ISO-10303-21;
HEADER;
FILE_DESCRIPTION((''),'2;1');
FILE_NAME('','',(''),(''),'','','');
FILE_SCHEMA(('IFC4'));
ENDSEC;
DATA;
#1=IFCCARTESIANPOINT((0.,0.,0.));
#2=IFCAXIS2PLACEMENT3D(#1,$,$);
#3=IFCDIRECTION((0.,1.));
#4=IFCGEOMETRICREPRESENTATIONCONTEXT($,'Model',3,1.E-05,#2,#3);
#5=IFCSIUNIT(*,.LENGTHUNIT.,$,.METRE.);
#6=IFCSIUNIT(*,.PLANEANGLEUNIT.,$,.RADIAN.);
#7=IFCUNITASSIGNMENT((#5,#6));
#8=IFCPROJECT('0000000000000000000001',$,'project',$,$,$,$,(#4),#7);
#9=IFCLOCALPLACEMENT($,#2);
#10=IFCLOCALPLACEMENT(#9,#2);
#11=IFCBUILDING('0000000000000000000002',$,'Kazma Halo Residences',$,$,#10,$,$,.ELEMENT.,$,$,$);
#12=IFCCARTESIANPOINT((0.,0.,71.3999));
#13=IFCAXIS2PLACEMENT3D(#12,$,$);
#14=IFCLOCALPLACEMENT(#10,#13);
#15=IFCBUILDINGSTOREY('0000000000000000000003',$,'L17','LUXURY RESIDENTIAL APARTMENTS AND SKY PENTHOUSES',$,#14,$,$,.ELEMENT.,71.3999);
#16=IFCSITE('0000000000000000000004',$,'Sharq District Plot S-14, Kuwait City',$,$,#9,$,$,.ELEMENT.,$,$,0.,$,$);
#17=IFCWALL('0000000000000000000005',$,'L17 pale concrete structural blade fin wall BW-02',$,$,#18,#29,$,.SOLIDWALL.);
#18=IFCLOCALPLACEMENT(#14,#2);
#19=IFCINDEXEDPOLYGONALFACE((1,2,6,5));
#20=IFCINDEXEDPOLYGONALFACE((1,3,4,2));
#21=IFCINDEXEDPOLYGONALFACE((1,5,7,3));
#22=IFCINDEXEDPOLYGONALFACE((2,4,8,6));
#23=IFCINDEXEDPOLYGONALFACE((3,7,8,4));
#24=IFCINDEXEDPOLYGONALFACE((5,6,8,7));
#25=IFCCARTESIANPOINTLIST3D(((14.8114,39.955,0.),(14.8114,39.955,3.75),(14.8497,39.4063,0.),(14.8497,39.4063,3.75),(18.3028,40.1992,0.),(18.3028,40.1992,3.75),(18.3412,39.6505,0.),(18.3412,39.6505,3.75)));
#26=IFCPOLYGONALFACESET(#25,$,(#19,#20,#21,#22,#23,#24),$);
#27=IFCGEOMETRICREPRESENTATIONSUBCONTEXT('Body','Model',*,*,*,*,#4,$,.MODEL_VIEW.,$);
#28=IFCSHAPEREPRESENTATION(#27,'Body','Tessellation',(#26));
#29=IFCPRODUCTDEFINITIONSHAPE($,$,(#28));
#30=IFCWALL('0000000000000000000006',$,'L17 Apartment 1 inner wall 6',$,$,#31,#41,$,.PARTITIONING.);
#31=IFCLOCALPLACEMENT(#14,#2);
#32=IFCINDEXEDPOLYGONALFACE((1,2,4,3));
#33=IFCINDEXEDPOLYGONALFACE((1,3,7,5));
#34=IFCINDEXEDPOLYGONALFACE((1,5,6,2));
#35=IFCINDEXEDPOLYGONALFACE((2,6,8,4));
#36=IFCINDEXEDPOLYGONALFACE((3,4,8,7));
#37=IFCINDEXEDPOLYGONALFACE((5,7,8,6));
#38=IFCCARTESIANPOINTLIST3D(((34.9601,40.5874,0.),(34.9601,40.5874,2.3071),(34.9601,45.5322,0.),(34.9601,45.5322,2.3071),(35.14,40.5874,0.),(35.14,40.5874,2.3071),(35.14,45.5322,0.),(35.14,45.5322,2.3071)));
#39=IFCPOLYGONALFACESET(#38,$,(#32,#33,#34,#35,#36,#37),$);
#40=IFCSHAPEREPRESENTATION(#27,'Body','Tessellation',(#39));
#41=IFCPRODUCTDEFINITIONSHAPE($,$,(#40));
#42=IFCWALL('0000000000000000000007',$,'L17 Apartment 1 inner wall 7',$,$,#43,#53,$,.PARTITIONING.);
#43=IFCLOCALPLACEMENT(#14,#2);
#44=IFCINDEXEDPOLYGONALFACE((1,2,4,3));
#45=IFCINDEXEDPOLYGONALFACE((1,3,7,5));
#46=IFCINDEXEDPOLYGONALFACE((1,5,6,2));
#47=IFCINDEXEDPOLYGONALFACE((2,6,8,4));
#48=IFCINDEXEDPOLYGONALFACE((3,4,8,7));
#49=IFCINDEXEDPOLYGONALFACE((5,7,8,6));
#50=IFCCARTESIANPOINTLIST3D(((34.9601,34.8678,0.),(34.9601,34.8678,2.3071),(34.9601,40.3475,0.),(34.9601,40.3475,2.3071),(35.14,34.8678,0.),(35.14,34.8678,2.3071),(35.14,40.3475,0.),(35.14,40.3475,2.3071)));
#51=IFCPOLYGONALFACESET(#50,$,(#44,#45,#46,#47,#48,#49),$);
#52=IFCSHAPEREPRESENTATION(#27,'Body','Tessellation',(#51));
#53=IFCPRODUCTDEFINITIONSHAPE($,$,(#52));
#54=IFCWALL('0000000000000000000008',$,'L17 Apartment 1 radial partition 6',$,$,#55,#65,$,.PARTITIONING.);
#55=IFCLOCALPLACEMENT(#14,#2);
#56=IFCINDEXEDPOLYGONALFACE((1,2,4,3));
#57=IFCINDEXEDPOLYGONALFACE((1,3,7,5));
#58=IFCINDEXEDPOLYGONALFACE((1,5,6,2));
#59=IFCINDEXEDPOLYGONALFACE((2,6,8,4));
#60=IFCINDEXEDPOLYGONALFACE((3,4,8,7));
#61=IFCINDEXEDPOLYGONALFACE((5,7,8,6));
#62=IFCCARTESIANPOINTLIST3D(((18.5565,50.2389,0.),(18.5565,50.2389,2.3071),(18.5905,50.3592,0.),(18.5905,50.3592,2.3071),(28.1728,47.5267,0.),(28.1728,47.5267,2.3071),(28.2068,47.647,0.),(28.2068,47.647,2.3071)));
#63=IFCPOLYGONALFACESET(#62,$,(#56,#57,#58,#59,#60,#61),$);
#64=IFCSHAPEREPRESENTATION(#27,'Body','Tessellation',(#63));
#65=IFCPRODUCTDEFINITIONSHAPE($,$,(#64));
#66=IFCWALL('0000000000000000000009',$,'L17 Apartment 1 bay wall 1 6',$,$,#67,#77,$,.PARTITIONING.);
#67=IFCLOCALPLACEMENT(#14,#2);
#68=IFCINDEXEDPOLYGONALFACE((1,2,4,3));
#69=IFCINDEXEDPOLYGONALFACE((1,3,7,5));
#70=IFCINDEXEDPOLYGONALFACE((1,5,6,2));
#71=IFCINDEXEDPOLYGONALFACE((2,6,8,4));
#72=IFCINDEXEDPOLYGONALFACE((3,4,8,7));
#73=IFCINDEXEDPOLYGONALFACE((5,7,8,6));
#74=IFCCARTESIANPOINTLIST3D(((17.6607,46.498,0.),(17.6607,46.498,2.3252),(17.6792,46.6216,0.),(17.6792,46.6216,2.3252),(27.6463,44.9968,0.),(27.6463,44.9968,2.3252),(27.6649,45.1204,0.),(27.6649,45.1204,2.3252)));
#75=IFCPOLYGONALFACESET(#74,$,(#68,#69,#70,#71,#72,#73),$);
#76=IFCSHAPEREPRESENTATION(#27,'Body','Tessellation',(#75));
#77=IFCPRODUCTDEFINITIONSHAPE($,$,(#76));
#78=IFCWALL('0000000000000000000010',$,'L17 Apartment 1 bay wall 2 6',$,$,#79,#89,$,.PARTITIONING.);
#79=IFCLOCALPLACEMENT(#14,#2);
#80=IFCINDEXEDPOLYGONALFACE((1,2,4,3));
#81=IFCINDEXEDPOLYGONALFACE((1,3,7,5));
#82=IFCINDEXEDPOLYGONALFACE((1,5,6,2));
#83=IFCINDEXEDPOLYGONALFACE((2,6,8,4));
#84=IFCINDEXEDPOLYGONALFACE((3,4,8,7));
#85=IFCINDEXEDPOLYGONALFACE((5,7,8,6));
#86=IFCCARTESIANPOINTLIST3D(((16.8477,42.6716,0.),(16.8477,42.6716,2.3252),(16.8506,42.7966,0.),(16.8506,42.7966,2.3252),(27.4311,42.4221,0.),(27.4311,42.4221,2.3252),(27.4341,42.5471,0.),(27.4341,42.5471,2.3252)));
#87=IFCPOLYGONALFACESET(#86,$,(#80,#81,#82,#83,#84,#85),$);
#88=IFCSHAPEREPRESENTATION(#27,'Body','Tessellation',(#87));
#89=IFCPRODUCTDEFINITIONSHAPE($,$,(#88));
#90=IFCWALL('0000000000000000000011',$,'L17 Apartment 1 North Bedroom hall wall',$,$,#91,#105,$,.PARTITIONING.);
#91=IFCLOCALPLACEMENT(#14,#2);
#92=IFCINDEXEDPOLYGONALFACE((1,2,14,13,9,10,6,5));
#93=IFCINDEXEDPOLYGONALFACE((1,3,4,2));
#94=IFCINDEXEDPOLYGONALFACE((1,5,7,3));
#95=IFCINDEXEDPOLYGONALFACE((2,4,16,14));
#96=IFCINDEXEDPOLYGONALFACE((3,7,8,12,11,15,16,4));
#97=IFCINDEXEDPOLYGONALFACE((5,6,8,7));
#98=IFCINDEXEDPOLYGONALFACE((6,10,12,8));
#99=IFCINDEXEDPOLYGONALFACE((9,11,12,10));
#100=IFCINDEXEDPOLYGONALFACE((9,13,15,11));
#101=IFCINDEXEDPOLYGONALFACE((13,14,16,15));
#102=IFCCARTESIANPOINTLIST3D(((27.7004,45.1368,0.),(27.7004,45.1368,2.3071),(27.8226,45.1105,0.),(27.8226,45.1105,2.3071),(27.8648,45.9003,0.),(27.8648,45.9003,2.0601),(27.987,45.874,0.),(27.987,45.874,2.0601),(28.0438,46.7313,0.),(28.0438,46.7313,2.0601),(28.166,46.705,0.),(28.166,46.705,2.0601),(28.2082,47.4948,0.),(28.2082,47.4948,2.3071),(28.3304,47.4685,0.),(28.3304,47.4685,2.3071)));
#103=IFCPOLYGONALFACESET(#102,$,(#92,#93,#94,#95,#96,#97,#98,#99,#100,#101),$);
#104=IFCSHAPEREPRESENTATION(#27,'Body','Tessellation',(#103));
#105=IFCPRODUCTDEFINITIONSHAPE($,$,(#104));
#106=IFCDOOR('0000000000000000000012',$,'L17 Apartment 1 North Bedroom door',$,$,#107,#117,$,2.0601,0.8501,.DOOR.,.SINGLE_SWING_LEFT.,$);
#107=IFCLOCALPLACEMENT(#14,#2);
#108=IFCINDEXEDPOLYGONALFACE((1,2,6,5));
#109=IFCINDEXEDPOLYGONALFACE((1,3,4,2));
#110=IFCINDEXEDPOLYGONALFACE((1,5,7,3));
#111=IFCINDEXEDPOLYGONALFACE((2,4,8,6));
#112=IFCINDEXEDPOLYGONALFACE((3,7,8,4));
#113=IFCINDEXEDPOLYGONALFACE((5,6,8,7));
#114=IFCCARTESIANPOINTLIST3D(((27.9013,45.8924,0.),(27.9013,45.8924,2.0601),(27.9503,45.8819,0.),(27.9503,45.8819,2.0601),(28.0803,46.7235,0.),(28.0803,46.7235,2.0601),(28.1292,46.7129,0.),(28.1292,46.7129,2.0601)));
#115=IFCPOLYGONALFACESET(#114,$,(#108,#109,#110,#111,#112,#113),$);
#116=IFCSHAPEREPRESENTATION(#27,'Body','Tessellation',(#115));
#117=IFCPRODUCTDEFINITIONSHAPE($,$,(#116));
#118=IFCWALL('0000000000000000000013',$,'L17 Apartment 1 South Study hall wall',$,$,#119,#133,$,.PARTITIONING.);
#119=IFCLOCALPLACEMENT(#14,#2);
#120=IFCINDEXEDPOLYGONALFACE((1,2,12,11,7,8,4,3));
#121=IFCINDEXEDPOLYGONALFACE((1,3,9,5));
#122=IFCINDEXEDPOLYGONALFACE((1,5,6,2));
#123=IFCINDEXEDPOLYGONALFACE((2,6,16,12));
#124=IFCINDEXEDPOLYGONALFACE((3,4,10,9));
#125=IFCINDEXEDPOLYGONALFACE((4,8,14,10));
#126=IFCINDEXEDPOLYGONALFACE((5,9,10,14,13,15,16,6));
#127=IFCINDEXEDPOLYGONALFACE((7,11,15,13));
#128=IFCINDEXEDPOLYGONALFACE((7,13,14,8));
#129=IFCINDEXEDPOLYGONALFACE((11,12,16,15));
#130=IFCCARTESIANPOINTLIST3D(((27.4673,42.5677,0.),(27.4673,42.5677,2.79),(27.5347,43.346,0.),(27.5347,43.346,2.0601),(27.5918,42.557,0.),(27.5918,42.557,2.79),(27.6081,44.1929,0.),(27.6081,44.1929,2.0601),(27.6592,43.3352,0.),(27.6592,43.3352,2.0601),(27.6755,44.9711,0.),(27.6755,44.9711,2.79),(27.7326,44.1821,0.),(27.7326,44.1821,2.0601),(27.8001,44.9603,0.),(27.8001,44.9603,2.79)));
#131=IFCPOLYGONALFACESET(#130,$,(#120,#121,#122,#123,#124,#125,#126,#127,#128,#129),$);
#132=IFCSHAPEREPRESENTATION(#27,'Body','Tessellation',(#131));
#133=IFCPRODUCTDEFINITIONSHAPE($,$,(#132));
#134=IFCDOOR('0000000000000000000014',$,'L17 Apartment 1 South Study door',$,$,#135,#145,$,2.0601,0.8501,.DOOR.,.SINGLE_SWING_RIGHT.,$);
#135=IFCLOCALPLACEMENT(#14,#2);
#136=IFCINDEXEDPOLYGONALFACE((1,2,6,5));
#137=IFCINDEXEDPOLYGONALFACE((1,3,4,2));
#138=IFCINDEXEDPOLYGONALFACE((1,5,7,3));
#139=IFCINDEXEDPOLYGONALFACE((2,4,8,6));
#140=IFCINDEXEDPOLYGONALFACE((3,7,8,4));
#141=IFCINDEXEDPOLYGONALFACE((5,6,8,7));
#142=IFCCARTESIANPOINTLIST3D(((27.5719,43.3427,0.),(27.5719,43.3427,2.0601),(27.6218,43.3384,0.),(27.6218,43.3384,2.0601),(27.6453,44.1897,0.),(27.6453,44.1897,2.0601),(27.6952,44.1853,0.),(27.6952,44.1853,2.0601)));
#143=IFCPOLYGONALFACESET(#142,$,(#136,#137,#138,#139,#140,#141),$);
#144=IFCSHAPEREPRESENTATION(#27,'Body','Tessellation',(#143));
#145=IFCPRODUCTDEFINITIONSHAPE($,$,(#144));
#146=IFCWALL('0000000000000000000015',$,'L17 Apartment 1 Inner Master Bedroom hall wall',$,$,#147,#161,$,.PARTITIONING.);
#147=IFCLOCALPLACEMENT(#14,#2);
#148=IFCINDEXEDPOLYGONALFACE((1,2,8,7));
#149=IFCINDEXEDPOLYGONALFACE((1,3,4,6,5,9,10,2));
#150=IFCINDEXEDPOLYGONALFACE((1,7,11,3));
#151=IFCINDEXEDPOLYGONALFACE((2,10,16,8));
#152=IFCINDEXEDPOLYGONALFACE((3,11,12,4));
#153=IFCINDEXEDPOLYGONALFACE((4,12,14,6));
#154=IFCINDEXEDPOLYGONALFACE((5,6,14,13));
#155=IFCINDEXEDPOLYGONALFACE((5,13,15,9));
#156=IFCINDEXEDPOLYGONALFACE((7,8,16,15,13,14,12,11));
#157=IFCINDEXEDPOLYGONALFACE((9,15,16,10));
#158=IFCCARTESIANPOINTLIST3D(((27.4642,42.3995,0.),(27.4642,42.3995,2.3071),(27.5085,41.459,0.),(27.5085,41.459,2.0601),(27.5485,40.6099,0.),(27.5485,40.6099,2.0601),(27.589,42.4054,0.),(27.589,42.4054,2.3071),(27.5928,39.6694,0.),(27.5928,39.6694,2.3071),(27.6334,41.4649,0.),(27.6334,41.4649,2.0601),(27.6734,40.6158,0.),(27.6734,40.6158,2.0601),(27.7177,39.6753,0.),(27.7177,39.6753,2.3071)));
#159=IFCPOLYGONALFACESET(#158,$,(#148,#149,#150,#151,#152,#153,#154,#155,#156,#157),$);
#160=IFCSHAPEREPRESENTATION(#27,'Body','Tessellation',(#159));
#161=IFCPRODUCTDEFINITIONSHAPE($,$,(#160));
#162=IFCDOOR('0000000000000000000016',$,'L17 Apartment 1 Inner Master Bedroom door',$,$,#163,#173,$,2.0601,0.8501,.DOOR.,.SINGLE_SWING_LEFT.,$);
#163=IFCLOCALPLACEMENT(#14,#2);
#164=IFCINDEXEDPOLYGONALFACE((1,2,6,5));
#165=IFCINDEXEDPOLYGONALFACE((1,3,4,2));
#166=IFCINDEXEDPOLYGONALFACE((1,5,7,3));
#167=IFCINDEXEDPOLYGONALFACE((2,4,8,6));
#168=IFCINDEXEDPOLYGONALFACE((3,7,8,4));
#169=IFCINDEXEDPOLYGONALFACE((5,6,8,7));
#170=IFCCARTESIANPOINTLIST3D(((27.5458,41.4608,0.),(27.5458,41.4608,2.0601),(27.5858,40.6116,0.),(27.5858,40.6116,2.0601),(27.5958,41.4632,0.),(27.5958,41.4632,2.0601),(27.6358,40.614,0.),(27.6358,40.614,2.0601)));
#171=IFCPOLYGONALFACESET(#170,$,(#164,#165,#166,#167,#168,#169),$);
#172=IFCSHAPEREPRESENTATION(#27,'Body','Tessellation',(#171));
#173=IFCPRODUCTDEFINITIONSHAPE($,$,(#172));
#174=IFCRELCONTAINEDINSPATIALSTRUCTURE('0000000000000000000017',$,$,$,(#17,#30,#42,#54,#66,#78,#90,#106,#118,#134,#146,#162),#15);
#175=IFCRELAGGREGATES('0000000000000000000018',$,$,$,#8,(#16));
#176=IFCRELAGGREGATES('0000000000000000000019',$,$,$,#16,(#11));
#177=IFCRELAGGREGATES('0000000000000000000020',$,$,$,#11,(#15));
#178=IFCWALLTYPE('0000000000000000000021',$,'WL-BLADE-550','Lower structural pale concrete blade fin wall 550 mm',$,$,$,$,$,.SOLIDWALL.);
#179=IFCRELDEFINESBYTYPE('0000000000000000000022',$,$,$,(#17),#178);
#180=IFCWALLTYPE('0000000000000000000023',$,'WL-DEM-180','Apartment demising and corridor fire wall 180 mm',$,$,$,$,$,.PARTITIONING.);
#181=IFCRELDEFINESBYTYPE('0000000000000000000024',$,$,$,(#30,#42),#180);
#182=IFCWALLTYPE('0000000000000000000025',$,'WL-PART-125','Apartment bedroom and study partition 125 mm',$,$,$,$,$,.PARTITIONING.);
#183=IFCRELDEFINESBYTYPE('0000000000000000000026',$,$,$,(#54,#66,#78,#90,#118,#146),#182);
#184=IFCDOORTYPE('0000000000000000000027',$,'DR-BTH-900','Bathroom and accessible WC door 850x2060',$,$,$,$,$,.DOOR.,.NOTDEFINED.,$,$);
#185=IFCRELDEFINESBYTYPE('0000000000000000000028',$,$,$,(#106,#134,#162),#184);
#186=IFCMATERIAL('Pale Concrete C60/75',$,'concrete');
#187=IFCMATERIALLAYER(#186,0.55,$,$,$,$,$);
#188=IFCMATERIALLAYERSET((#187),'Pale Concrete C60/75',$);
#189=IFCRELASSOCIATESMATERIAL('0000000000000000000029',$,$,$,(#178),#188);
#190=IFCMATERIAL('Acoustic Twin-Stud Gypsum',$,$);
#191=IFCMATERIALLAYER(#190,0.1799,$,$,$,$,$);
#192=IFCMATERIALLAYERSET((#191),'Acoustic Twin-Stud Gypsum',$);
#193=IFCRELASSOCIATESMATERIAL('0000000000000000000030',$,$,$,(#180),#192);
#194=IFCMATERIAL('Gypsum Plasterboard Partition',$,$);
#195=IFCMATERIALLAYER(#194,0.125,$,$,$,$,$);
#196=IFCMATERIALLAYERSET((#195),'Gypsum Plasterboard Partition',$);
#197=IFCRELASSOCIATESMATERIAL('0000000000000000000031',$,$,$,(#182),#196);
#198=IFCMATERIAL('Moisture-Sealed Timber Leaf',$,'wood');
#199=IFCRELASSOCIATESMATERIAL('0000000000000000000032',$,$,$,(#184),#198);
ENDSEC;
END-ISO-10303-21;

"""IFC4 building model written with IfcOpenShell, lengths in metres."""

from ifc_helpers import new_model, si_unit, direction, frame, frame_2d, origin, place, context, subcontext, project, spatial, rectangle, extrude, material, layer, layer_set, type_object, element, fill, save


model = new_model("IFC4")

# Units and contexts
model_context = context("Model", 3, precision=1e-05, world=origin(), true_north=direction((0.0, 1.0)))
body_context = subcontext(model_context, "Body", "Model", "MODEL_VIEW")
ifc_project = project(units=[si_unit("LENGTHUNIT", "METRE"), si_unit("PLANEANGLEUNIT", "RADIAN")], contexts=[model_context])

# Site, building, storey
site_placement = place(None, origin())
site = spatial("IfcSite", under=ifc_project, at=site_placement, Name="Sharq District Plot S-14, Kuwait City", CompositionType="ELEMENT", RefElevation=0.0)
building_placement = place(site_placement, origin())
building = spatial("IfcBuilding", under=site, at=building_placement, Name="Kazma Halo Residences", CompositionType="ELEMENT")
storey_placement = place(building_placement, frame((0.0, 0.0, 71.3999)))
storey = spatial("IfcBuildingStorey", under=building, at=storey_placement, Name="L17", Description="LUXURY RESIDENTIAL APARTMENTS AND SKY PENTHOUSES", CompositionType="ELEMENT", Elevation=71.3999)

# Walls
ifc_material_1 = material(Name="Pale Concrete C60/75", Category="concrete")
ifc_layer_1 = layer(ifc_material_1, 0.55)
ifc_layer_set_1 = layer_set([ifc_layer_1], Name="Pale Concrete C60/75")
wall_type_1 = type_object("IfcWallType", Name="WL-BLADE-550", Description="Lower structural pale concrete blade fin wall 550 mm", PredefinedType="SOLIDWALL", material=ifc_layer_set_1)
wall_1_placement = place(storey_placement, frame((18.322, 39.9248, 0.0), z_axis=(0.0, 0.0, 1.0), x_axis=(-0.997564, -0.069755, 0.0)))
element("IfcWall", 1, at=wall_1_placement, inside=storey, type_object=wall_type_1, Name="L17 pale concrete structural blade fin wall BW-02", PredefinedType="SOLIDWALL", context=body_context, shape_type="SweptSolid", body=[
    extrude(rectangle(XDim=3.5, YDim=0.55, at=frame_2d((1.75, 0.0))), origin(), (0.0, 0.0, 1.0), 3.75),
])
ifc_material_2 = material(Name="Acoustic Twin-Stud Gypsum")
ifc_layer_2 = layer(ifc_material_2, 0.1799)
ifc_layer_set_2 = layer_set([ifc_layer_2], Name="Acoustic Twin-Stud Gypsum")
wall_type_2 = type_object("IfcWallType", Name="WL-DEM-180", Description="Apartment demising and corridor fire wall 180 mm", PredefinedType="PARTITIONING", material=ifc_layer_set_2)
wall_2_placement = place(storey_placement, frame((35.05, 45.5322, 0.0), z_axis=(0.0, 0.0, 1.0), x_axis=(0.0, -1.0, 0.0)))
element("IfcWall", 2, at=wall_2_placement, inside=storey, type_object=wall_type_2, Name="L17 Apartment 1 inner wall 6", PredefinedType="PARTITIONING", context=body_context, shape_type="SweptSolid", body=[
    extrude(rectangle(XDim=4.9448, YDim=0.1799, at=frame_2d((2.4724, 0.0))), origin(), (0.0, 0.0, 1.0), 2.3071),
])
wall_3_placement = place(storey_placement, frame((35.05, 40.3474, 0.0), z_axis=(0.0, 0.0, 1.0), x_axis=(0.0, -1.0, 0.0)))
element("IfcWall", 3, at=wall_3_placement, inside=storey, type_object=wall_type_2, Name="L17 Apartment 1 inner wall 7", PredefinedType="PARTITIONING", context=body_context, shape_type="SweptSolid", body=[
    extrude(rectangle(XDim=5.4797, YDim=0.1799, at=frame_2d((2.7397, 0.0))), origin(), (0.0, 0.0, 1.0), 2.3071),
])
ifc_material_3 = material(Name="Gypsum Plasterboard Partition")
ifc_layer_3 = layer(ifc_material_3, 0.125)
ifc_layer_set_3 = layer_set([ifc_layer_3], Name="Gypsum Plasterboard Partition")
wall_type_3 = type_object("IfcWallType", Name="WL-PART-125", Description="Apartment bedroom and study partition 125 mm", PredefinedType="PARTITIONING", material=ifc_layer_set_3)
wall_4_placement = place(storey_placement, frame((28.1897, 47.5869, 0.0), z_axis=(0.0, 0.0, 1.0), x_axis=(-0.962452, 0.27145, 0.0)))
element("IfcWall", 4, at=wall_4_placement, inside=storey, type_object=wall_type_3, Name="L17 Apartment 1 radial partition 6", PredefinedType="PARTITIONING", context=body_context, shape_type="SweptSolid", body=[
    extrude(rectangle(XDim=9.9915, YDim=0.125, at=frame_2d((4.9956, 0.0))), origin(), (0.0, 0.0, 1.0), 2.3071),
])
wall_5_placement = place(storey_placement, frame((27.6555, 45.0586, 0.0), z_axis=(0.0, 0.0, 1.0), x_axis=(-0.988887, 0.148668, 0.0)))
element("IfcWall", 5, at=wall_5_placement, inside=storey, type_object=wall_type_3, Name="L17 Apartment 1 bay wall 1 6", PredefinedType="PARTITIONING", context=body_context, shape_type="SweptSolid", body=[
    extrude(rectangle(XDim=10.0979, YDim=0.125, at=frame_2d((5.0488, 0.0))), origin(), (0.0, 0.0, 1.0), 2.3252),
])
wall_6_placement = place(storey_placement, frame((27.4326, 42.4846, 0.0), z_axis=(0.0, 0.0, 1.0), x_axis=(-0.999722, 0.023569, 0.0)))
element("IfcWall", 6, at=wall_6_placement, inside=storey, type_object=wall_type_3, Name="L17 Apartment 1 bay wall 2 6", PredefinedType="PARTITIONING", context=body_context, shape_type="SweptSolid", body=[
    extrude(rectangle(XDim=10.5864, YDim=0.125, at=frame_2d((5.2932, 0.0))), origin(), (0.0, 0.0, 1.0), 2.3252),
])

# Walls, openings, doors
wall_7_placement = place(storey_placement, frame((28.2693, 47.4817, 0.0), z_axis=(0.0, 0.0, 1.0), x_axis=(-0.210517, -0.97759, 0.0)))
wall_7 = element("IfcWall", 7, at=wall_7_placement, inside=storey, type_object=wall_type_3, Name="L17 Apartment 1 North Bedroom hall wall", PredefinedType="PARTITIONING", context=body_context, shape_type="SweptSolid", body=[
    extrude(rectangle(XDim=2.4121, YDim=0.125, at=frame_2d((1.2061, 0.0))), origin(), (0.0, 0.0, 1.0), 2.3071),
])
opening_1_placement = place(wall_7_placement, frame((0.781, 0.0, 0.0)))
opening_1 = element("IfcOpeningElement", 8, at=opening_1_placement, cuts=wall_7, PredefinedType="OPENING", context=body_context, shape_type="SweptSolid", body=[
    extrude(rectangle(XDim=0.8501, YDim=2.0601, at=frame_2d((0.425, 1.03))), frame((0.0, 0.0725, 0.0), z_axis=(0.0, -1.0, 0.0), x_axis=(1.0, 0.0, 0.0)), (0.0, 0.0, 1.0), 0.145),
])
ifc_material_4 = material(Name="Moisture-Sealed Timber Leaf", Category="wood")
door_type = type_object("IfcDoorType", Name="DR-BTH-900", Description="Bathroom and accessible WC door 850x2060", OperationType="NOTDEFINED", PredefinedType="DOOR", material=ifc_material_4)
door_1_placement = place(opening_1_placement, origin())
door_1 = element("IfcDoor", 9, at=door_1_placement, inside=storey, type_object=door_type, Name="L17 Apartment 1 North Bedroom door", OperationType="SINGLE_SWING_LEFT", OverallHeight=2.0601, OverallWidth=0.8501, PredefinedType="DOOR", context=body_context, shape_type="SweptSolid", body=[
    extrude(rectangle(XDim=0.8501, YDim=2.0601, at=frame_2d((0.425, 1.03))), frame((0.0, 0.0249, 0.0), z_axis=(0.0, -1.0, 0.0), x_axis=(1.0, 0.0, 0.0)), (0.0, 0.0, 1.0), 0.05),
])
fill(opening_1, door_1)
wall_8_placement = place(storey_placement, frame((27.7378, 44.9656, 0.0), z_axis=(0.0, 0.0, 1.0), x_axis=(-0.086328, -0.996267, 0.0)))
wall_8 = element("IfcWall", 10, at=wall_8_placement, inside=storey, type_object=wall_type_3, Name="L17 Apartment 1 South Study hall wall", PredefinedType="PARTITIONING", context=body_context, shape_type="SweptSolid", body=[
    extrude(rectangle(XDim=2.4124, YDim=0.125, at=frame_2d((1.2061, 0.0))), origin(), (0.0, 0.0, 1.0), 2.79),
])
opening_2_placement = place(wall_8_placement, frame((0.781, 0.0, 0.0)))
opening_2 = element("IfcOpeningElement", 11, at=opening_2_placement, cuts=wall_8, PredefinedType="OPENING", context=body_context, shape_type="SweptSolid", body=[
    extrude(rectangle(XDim=0.8501, YDim=2.0601, at=frame_2d((0.425, 1.03))), frame((0.0, 0.0725, 0.0), z_axis=(0.0, -1.0, 0.0), x_axis=(1.0, 0.0, 0.0)), (0.0, 0.0, 1.0), 0.145),
])
door_2_placement = place(opening_2_placement, origin())
door_2 = element("IfcDoor", 12, at=door_2_placement, inside=storey, type_object=door_type, Name="L17 Apartment 1 South Study door", OperationType="SINGLE_SWING_RIGHT", OverallHeight=2.0601, OverallWidth=0.8501, PredefinedType="DOOR", context=body_context, shape_type="SweptSolid", body=[
    extrude(rectangle(XDim=0.8501, YDim=2.0601, at=frame_2d((0.425, 1.03))), frame((0.0, 0.0249, 0.0), z_axis=(0.0, -1.0, 0.0), x_axis=(1.0, 0.0, 0.0)), (0.0, 0.0, 1.0), 0.05),
])
fill(opening_2, door_2)
wall_9_placement = place(storey_placement, frame((27.5266, 42.4026, 0.0), z_axis=(0.0, 0.0, 1.0), x_axis=(0.047073, -0.998891, 0.0)))
wall_9 = element("IfcWall", 13, at=wall_9_placement, inside=storey, type_object=wall_type_3, Name="L17 Apartment 1 Inner Master Bedroom hall wall", PredefinedType="PARTITIONING", context=body_context, shape_type="SweptSolid", body=[
    extrude(rectangle(XDim=2.7332, YDim=0.125, at=frame_2d((1.3667, 0.0))), origin(), (0.0, 0.0, 1.0), 2.3071),
])
opening_3_placement = place(wall_9_placement, frame((0.9417, 0.0, 0.0)))
opening_3 = element("IfcOpeningElement", 14, at=opening_3_placement, cuts=wall_9, PredefinedType="OPENING", context=body_context, shape_type="SweptSolid", body=[
    extrude(rectangle(XDim=0.8501, YDim=2.0601, at=frame_2d((0.425, 1.03))), frame((0.0, 0.0725, 0.0), z_axis=(0.0, -1.0, 0.0), x_axis=(1.0, 0.0, 0.0)), (0.0, 0.0, 1.0), 0.145),
])
door_3_placement = place(opening_3_placement, origin())
door_3 = element("IfcDoor", 15, at=door_3_placement, inside=storey, type_object=door_type, Name="L17 Apartment 1 Inner Master Bedroom door", OperationType="SINGLE_SWING_LEFT", OverallHeight=2.0601, OverallWidth=0.8501, PredefinedType="DOOR", context=body_context, shape_type="SweptSolid", body=[
    extrude(rectangle(XDim=0.8501, YDim=2.0601, at=frame_2d((0.425, 1.03))), frame((0.0, 0.0249, 0.0), z_axis=(0.0, -1.0, 0.0), x_axis=(1.0, 0.0, 0.0)), (0.0, 0.0, 1.0), 0.05),
])
fill(opening_3, door_3)

save(model, "model.ifc")
